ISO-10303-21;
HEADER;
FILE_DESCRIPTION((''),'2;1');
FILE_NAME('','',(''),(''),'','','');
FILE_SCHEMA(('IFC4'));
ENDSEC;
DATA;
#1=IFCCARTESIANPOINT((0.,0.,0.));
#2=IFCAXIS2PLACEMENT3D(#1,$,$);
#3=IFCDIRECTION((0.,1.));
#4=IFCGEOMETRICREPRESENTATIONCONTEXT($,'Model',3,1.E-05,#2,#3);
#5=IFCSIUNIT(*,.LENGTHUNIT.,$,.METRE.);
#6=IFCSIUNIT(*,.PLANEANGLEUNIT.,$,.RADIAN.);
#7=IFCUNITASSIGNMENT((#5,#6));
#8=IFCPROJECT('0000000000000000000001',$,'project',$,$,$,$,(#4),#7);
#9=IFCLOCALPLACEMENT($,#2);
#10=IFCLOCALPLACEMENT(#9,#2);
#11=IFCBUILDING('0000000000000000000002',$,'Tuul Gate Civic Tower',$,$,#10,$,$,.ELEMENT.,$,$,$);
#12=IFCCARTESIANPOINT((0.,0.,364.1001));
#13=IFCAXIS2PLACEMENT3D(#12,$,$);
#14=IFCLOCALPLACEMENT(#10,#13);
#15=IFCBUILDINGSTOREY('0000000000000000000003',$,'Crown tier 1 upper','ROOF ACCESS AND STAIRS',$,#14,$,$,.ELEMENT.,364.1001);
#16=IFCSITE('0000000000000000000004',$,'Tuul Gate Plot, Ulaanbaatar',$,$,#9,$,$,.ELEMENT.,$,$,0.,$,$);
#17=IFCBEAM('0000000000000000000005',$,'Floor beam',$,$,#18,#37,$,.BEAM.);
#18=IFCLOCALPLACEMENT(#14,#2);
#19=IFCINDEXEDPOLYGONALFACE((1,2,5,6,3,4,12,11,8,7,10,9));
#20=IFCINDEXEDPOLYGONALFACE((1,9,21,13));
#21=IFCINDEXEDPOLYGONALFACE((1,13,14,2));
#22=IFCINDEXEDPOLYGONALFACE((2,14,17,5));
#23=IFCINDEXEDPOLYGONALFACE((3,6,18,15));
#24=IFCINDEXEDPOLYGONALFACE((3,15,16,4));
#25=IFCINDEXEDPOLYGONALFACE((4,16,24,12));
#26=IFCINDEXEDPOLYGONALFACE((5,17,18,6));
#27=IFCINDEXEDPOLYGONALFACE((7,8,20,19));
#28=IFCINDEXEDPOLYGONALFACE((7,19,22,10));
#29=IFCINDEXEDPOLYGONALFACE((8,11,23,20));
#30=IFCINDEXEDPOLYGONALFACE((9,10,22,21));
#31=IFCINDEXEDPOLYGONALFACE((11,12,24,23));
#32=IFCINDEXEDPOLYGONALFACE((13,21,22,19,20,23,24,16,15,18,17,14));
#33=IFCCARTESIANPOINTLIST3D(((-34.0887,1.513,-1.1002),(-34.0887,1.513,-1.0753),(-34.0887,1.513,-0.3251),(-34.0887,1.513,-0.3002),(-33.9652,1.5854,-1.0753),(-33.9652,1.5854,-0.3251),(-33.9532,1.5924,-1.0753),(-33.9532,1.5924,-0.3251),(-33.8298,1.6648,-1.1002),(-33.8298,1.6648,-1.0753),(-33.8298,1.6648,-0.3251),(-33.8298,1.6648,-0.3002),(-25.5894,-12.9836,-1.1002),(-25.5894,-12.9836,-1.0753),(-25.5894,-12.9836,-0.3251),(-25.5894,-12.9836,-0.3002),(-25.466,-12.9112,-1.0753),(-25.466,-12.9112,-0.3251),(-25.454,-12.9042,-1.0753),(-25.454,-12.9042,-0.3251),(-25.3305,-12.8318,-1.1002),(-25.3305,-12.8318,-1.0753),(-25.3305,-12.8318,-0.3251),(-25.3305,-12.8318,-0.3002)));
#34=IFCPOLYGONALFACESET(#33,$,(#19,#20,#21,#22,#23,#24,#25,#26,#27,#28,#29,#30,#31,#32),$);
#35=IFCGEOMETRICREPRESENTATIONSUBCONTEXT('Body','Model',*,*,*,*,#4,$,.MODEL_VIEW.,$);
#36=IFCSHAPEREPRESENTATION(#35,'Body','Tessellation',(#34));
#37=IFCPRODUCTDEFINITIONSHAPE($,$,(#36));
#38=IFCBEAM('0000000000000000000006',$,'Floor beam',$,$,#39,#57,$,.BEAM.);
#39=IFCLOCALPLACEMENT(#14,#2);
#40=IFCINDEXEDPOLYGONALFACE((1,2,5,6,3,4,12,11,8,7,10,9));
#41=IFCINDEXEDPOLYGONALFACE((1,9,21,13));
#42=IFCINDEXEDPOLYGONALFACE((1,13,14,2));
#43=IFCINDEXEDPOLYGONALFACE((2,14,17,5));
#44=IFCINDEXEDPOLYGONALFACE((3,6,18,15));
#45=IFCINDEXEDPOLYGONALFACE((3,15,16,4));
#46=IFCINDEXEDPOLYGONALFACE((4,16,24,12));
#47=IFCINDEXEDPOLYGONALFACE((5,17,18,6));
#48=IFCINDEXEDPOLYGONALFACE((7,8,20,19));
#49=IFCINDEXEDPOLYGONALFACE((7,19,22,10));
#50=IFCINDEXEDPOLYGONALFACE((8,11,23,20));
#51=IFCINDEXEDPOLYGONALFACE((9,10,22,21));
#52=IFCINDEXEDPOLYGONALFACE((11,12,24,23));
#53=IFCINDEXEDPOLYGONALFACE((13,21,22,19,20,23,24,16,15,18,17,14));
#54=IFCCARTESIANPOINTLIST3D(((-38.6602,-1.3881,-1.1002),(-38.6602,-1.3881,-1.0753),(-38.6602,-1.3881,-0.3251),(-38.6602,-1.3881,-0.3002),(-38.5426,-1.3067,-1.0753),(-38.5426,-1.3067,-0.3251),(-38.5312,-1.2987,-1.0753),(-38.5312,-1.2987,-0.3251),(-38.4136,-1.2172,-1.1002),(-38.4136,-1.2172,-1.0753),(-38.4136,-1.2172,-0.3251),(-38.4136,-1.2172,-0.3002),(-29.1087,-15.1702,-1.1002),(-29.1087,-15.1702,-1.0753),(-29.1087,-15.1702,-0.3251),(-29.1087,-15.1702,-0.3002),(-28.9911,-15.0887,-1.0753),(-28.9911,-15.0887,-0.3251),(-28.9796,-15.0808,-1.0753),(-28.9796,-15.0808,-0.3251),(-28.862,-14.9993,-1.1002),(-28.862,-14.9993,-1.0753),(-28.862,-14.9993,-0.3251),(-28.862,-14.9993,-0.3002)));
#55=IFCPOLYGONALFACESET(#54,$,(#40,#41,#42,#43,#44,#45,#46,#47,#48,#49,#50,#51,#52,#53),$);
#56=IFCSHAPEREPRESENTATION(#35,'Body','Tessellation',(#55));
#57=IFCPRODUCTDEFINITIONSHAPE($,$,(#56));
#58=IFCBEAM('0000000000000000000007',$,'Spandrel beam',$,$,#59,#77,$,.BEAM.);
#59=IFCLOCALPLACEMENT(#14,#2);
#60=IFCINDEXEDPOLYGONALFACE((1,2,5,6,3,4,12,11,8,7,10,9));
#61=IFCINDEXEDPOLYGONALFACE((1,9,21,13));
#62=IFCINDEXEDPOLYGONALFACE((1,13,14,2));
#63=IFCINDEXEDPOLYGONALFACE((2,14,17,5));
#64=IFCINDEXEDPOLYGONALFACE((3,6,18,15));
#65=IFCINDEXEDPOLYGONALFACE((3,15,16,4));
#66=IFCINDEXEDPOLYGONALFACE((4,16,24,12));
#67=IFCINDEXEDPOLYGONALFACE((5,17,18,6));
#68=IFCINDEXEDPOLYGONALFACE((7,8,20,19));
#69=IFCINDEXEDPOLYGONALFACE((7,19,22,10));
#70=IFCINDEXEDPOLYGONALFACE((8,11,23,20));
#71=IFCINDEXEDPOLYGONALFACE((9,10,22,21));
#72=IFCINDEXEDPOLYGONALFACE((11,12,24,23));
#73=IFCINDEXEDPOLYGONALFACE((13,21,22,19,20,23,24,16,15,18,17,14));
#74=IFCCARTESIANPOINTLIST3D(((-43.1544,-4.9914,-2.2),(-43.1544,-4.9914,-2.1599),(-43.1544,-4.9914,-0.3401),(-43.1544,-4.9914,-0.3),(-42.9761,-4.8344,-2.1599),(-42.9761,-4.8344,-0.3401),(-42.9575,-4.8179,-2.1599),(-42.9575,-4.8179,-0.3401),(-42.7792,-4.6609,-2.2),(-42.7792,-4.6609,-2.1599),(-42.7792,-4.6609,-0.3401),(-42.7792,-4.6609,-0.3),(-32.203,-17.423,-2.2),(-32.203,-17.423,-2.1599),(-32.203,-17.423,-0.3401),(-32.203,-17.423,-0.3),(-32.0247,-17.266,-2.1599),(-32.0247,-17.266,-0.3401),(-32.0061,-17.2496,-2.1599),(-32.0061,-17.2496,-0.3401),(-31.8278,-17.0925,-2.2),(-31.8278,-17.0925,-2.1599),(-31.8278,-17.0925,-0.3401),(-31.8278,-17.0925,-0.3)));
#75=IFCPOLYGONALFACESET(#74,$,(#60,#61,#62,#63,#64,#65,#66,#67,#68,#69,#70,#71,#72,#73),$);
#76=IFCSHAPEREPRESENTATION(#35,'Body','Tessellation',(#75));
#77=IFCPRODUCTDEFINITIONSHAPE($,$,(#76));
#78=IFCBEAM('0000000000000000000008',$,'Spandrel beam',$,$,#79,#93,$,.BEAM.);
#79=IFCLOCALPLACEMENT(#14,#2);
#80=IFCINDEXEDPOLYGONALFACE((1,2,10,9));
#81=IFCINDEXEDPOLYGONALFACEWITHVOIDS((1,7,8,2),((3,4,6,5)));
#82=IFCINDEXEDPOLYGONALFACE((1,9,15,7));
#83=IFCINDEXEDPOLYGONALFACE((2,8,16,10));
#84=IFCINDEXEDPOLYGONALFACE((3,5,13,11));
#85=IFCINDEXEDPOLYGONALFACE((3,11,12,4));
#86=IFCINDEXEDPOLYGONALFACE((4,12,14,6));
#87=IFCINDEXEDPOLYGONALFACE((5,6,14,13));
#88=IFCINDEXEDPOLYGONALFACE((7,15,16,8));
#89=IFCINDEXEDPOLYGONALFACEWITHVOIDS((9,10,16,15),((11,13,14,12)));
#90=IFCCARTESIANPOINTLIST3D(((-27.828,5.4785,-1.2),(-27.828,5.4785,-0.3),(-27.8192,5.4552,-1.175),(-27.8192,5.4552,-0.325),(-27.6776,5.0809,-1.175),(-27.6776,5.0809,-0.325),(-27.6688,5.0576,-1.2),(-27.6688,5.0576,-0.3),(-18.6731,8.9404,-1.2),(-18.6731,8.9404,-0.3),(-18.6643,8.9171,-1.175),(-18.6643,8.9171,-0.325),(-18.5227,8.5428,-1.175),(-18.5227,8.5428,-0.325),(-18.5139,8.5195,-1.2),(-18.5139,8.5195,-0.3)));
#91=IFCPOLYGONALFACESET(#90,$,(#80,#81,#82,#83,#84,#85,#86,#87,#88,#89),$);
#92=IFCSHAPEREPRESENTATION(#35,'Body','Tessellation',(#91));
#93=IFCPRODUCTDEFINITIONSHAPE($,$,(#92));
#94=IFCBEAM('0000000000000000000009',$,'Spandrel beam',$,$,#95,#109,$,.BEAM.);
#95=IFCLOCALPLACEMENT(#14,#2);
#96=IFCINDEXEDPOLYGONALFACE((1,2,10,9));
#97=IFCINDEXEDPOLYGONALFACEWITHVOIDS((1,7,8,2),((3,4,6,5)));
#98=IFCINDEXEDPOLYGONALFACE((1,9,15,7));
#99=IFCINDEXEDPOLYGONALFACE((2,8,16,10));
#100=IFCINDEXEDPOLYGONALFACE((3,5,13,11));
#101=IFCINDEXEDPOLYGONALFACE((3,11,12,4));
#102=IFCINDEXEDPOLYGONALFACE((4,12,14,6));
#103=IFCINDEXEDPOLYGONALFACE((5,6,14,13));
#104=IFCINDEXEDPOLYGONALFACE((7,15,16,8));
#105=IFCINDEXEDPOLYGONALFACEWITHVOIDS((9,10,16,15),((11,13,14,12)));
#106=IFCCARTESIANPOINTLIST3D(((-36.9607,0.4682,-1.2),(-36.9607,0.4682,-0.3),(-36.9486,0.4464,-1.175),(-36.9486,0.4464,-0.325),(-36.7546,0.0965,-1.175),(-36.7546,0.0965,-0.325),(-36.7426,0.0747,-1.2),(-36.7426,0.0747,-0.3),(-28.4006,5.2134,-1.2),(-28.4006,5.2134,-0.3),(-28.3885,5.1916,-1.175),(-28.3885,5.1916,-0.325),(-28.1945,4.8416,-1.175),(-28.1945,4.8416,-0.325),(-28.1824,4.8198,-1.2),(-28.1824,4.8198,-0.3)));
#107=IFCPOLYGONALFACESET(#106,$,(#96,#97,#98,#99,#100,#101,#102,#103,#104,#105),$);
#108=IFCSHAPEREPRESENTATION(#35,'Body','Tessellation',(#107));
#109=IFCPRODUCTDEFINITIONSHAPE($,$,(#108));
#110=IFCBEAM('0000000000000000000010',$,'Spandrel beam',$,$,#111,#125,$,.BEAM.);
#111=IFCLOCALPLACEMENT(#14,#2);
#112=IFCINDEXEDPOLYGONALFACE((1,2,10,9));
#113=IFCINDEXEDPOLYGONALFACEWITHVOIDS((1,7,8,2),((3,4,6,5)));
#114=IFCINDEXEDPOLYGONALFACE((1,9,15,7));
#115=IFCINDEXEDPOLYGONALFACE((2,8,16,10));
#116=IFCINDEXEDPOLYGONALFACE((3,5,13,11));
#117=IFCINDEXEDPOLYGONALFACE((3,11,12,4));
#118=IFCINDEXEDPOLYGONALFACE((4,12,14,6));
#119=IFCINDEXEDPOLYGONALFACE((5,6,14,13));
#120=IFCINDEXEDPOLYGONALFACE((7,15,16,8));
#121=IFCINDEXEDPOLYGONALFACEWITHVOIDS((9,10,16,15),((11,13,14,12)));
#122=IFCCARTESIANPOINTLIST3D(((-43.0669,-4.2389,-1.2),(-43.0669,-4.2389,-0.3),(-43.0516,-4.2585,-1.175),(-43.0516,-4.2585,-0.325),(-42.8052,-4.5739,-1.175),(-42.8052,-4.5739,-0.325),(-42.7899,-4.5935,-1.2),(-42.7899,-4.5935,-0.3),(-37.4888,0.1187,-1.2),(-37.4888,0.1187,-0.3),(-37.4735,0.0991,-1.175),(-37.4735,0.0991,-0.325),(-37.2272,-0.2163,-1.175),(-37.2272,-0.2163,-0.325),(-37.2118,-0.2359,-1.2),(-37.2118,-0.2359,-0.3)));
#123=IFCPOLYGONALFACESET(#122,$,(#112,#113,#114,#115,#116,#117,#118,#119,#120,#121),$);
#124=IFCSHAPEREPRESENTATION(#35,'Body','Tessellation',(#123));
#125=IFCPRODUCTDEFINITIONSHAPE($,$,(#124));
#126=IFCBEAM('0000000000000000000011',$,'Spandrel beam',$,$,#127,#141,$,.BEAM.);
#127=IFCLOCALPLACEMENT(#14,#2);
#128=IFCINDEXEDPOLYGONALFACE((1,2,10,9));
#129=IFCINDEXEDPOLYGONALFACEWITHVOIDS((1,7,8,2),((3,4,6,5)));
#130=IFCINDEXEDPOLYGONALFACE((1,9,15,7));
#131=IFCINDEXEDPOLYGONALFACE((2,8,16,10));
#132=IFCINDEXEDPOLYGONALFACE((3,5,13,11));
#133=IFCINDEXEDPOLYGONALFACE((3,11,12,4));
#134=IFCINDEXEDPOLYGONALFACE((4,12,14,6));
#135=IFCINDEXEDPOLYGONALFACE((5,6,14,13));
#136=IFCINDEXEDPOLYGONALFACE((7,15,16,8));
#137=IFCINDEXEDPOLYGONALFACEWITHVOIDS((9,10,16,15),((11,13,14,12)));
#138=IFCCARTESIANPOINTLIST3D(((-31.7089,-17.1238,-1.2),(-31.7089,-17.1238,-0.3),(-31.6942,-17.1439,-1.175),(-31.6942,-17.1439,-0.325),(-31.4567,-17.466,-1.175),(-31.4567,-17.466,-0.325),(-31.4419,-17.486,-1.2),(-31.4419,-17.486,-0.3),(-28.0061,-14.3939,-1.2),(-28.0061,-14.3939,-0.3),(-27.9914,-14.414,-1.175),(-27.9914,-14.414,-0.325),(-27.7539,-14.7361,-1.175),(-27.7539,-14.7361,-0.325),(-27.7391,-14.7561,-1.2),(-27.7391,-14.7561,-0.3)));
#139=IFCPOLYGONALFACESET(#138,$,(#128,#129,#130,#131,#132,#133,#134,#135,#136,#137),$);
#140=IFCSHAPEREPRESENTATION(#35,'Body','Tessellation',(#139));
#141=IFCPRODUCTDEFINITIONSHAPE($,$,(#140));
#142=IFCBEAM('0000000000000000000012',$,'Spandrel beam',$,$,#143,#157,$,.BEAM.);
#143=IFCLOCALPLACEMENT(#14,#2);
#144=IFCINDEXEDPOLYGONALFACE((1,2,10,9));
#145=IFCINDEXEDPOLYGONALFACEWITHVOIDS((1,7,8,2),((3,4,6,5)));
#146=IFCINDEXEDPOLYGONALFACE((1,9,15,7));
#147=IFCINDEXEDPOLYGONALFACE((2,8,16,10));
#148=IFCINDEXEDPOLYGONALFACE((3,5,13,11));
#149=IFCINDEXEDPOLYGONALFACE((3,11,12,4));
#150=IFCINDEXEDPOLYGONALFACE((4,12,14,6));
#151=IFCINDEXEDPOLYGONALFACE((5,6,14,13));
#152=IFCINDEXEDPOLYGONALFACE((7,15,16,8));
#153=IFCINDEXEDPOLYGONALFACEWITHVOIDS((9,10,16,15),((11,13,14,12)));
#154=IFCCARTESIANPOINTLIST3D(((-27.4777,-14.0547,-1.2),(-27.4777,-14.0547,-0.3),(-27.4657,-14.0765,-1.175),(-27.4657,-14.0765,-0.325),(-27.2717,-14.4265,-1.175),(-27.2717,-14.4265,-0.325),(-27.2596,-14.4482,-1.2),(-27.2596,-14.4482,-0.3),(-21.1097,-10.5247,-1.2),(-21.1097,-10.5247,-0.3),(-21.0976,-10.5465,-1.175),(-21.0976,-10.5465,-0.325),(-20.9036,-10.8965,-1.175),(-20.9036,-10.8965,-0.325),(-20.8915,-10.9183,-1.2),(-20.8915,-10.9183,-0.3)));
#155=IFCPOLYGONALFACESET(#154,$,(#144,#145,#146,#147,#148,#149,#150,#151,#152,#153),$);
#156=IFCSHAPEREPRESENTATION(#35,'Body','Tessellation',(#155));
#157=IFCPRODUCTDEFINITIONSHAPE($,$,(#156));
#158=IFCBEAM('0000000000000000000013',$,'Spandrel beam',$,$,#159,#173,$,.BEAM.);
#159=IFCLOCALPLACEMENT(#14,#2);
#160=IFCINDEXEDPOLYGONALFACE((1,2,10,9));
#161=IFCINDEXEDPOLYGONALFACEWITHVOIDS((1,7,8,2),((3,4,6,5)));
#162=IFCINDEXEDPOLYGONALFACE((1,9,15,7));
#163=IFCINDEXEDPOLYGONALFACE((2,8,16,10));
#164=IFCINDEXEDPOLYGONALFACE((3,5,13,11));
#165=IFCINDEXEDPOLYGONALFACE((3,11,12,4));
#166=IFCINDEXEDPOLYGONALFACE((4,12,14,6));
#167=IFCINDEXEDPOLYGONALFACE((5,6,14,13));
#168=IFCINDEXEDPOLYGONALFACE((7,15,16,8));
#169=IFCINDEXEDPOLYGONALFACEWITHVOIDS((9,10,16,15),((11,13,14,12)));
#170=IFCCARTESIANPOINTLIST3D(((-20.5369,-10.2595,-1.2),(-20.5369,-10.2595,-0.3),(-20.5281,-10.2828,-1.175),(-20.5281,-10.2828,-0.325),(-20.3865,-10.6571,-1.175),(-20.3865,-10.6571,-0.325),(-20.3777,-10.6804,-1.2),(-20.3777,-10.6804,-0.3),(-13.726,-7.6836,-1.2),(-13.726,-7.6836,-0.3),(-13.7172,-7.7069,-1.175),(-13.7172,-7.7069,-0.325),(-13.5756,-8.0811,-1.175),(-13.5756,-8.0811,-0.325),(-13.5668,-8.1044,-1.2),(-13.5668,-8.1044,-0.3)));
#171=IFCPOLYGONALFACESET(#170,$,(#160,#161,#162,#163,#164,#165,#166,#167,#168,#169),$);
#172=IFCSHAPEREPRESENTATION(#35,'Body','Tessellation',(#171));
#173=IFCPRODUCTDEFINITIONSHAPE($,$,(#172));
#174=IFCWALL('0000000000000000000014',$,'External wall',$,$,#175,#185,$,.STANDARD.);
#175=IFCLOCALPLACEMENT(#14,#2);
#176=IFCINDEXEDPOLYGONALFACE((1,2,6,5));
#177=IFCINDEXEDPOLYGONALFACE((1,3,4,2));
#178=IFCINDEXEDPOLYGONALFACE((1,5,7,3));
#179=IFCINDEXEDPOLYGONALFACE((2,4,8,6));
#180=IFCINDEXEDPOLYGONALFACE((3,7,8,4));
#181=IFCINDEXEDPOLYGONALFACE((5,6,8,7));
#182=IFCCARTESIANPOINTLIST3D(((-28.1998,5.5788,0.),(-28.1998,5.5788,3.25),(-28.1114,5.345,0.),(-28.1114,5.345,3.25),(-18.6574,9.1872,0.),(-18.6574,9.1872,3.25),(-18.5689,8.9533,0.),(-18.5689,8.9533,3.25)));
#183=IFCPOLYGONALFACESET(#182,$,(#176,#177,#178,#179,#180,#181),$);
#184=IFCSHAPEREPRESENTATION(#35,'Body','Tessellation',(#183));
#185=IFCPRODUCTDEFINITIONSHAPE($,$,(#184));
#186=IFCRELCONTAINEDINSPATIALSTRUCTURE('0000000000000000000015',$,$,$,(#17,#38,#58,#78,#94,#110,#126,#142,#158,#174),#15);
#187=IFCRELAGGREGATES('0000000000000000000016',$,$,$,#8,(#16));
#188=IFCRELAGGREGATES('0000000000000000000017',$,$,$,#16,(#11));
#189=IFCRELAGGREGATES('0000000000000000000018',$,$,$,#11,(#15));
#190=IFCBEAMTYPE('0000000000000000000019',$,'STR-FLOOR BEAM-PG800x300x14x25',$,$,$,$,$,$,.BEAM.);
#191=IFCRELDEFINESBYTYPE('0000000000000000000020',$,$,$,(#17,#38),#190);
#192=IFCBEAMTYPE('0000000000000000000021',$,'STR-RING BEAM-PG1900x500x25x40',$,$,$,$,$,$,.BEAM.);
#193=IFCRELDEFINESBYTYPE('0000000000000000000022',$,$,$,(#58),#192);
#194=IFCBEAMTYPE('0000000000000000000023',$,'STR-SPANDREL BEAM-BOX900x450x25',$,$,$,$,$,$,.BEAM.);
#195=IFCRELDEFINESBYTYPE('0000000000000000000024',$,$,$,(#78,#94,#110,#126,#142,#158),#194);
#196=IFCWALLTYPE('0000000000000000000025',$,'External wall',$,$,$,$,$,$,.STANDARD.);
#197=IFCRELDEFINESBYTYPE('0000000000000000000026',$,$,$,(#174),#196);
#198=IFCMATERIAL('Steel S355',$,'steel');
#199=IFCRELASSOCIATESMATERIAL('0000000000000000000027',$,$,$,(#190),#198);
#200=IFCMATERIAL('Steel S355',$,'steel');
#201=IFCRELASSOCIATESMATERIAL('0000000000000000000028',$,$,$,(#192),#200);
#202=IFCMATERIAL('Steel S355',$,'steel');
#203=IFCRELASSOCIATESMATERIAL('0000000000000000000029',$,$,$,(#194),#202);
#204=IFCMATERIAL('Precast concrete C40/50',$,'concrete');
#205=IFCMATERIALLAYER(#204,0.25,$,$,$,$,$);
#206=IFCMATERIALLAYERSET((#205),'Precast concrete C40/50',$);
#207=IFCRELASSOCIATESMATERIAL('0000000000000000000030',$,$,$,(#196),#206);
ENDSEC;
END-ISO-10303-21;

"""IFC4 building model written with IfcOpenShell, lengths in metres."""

from ifc_helpers import new_model, si_unit, direction, frame, frame_2d, origin, origin_2d, place, context, subcontext, project, spatial, rectangle, hollow_rectangle, i_section, extrude, material, layer, layer_set, material_profile, profile_set, type_object, element, save


model = new_model("IFC4")

# Units and contexts
model_context = context("Model", 3, precision=1e-05, world=origin(), true_north=direction((0.0, 1.0)))
body_context = subcontext(model_context, "Body", "Model", "MODEL_VIEW")
ifc_project = project(units=[si_unit("LENGTHUNIT", "METRE"), si_unit("PLANEANGLEUNIT", "RADIAN")], contexts=[model_context])

# Site, building, storey
site_placement = place(None, origin())
site = spatial("IfcSite", under=ifc_project, at=site_placement, Name="Tuul Gate Plot, Ulaanbaatar", CompositionType="ELEMENT", RefElevation=0.0)
building_placement = place(site_placement, origin())
building = spatial("IfcBuilding", under=site, at=building_placement, Name="Tuul Gate Civic Tower", CompositionType="ELEMENT")
storey_placement = place(building_placement, frame((0.0, 0.0, 364.1001)))
storey = spatial("IfcBuildingStorey", under=building, at=storey_placement, Name="Crown tier 1 upper", Description="ROOF ACCESS AND STAIRS", CompositionType="ELEMENT", Elevation=364.1001)

# Beams
ifc_material_1 = material(Name="Steel S355", Category="steel")
ifc_material_profile_1 = material_profile(ifc_material_1, i_section(OverallWidth=0.3, OverallDepth=0.8, WebThickness=0.0139, FlangeThickness=0.0249, at=origin_2d()), Name="PG800x300x14x25")
ifc_profile_set_1 = profile_set([ifc_material_profile_1], Name="Steel S355")
beam_type_1 = type_object("IfcBeamType", Name="STR-FLOOR BEAM-PG800x300x14x25", PredefinedType="BEAM", material=ifc_profile_set_1)
beam_1_placement = place(storey_placement, frame((-25.46, -12.9077, -0.7002), z_axis=(-0.505776, 0.862665, 0.0), x_axis=(-0.862665, -0.505776, 0.0)))
element("IfcBeam", 1, at=beam_1_placement, inside=storey, type_object=beam_type_1, Name="Floor beam", PredefinedType="BEAM", context=body_context, shape_type="SweptSolid", body=[
    extrude(i_section(OverallWidth=0.3, OverallDepth=0.8, WebThickness=0.0139, FlangeThickness=0.0249, at=origin_2d()), origin(), (0.0, 0.0, 1.0), 16.8044),
])
beam_2_placement = place(storey_placement, frame((-28.9854, -15.0847, -0.7002), z_axis=(-0.569619, 0.821909, 0.0), x_axis=(-0.821909, -0.569619, 0.0)))
element("IfcBeam", 2, at=beam_2_placement, inside=storey, type_object=beam_type_1, Name="Floor beam", PredefinedType="BEAM", context=body_context, shape_type="SweptSolid", body=[
    extrude(i_section(OverallWidth=0.3, OverallDepth=0.8, WebThickness=0.0139, FlangeThickness=0.0249, at=origin_2d()), origin(), (0.0, 0.0, 1.0), 16.7683),
])
ifc_material_2 = material(Name="Steel S355", Category="steel")
ifc_material_profile_2 = material_profile(ifc_material_2, i_section(OverallWidth=0.5, OverallDepth=1.8999, WebThickness=0.0249, FlangeThickness=0.04, at=origin_2d()), Name="PG1900x500x25x40")
ifc_profile_set_2 = profile_set([ifc_material_profile_2], Name="Steel S355")
beam_type_2 = type_object("IfcBeamType", Name="STR-RING BEAM-PG1900x500x25x40", PredefinedType="BEAM", material=ifc_profile_set_2)
beam_3_placement = place(storey_placement, frame((-42.9668, -4.8262, -1.25), z_axis=(0.661021, -0.750367, 0.0), x_axis=(0.750367, 0.661021, 0.0)))
element("IfcBeam", 3, at=beam_3_placement, inside=storey, type_object=beam_type_2, Name="Spandrel beam", PredefinedType="BEAM", context=body_context, shape_type="SweptSolid", body=[
    extrude(i_section(OverallWidth=0.5, OverallDepth=1.8999, WebThickness=0.0249, FlangeThickness=0.04, at=origin_2d()), origin(), (0.0, 0.0, 1.0), 16.5674),
])
ifc_material_3 = material(Name="Steel S355", Category="steel")
ifc_material_profile_3 = material_profile(ifc_material_3, hollow_rectangle(XDim=0.45, YDim=0.8999, WallThickness=0.0249, at=origin_2d()), Name="BOX900x450x25")
ifc_profile_set_3 = profile_set([ifc_material_profile_3], Name="Steel S355")
beam_type_3 = type_object("IfcBeamType", Name="STR-SPANDREL BEAM-BOX900x450x25", PredefinedType="BEAM", material=ifc_profile_set_3)
beam_4_placement = place(storey_placement, frame((-18.5935, 8.73, -0.75), z_axis=(-0.935356, -0.353708, 0.0), x_axis=(0.353708, -0.935356, 0.0)))
element("IfcBeam", 4, at=beam_4_placement, inside=storey, type_object=beam_type_3, Name="Spandrel beam", PredefinedType="BEAM", context=body_context, shape_type="SweptSolid", body=[
    extrude(hollow_rectangle(XDim=0.45, YDim=0.8999, WallThickness=0.0249, at=origin_2d()), origin(), (0.0, 0.0, 1.0), 9.7876),
])
beam_5_placement = place(storey_placement, frame((-28.2915, 5.0166, -0.75), z_axis=(-0.874611, -0.484825, 0.0), x_axis=(0.484825, -0.874611, 0.0)))
element("IfcBeam", 5, at=beam_5_placement, inside=storey, type_object=beam_type_3, Name="Spandrel beam", PredefinedType="BEAM", context=body_context, shape_type="SweptSolid", body=[
    extrude(hollow_rectangle(XDim=0.45, YDim=0.8999, WallThickness=0.0249, at=origin_2d()), origin(), (0.0, 0.0, 1.0), 9.7874),
])
beam_6_placement = place(storey_placement, frame((-37.3503, -0.0586, -0.75), z_axis=(-0.788041, -0.615623, 0.0), x_axis=(0.615623, -0.788041, 0.0)))
element("IfcBeam", 6, at=beam_6_placement, inside=storey, type_object=beam_type_3, Name="Spandrel beam", PredefinedType="BEAM", context=body_context, shape_type="SweptSolid", body=[
    extrude(hollow_rectangle(XDim=0.45, YDim=0.8999, WallThickness=0.0249, at=origin_2d()), origin(), (0.0, 0.0, 1.0), 7.0784),
])
beam_7_placement = place(storey_placement, frame((-31.5754, -17.3049, -0.75), z_axis=(0.804896, 0.593416, 0.0), x_axis=(-0.593416, 0.804896, 0.0)))
element("IfcBeam", 7, at=beam_7_placement, inside=storey, type_object=beam_type_3, Name="Spandrel beam", PredefinedType="BEAM", context=body_context, shape_type="SweptSolid", body=[
    extrude(hollow_rectangle(XDim=0.45, YDim=0.8999, WallThickness=0.0249, at=origin_2d()), origin(), (0.0, 0.0, 1.0), 4.6003),
])
beam_8_placement = place(storey_placement, frame((-27.3687, -14.2515, -0.75), z_axis=(0.874614, 0.48482, 0.0), x_axis=(-0.48482, 0.874614, 0.0)))
element("IfcBeam", 8, at=beam_8_placement, inside=storey, type_object=beam_type_3, Name="Spandrel beam", PredefinedType="BEAM", context=body_context, shape_type="SweptSolid", body=[
    extrude(hollow_rectangle(XDim=0.45, YDim=0.8999, WallThickness=0.0249, at=origin_2d()), origin(), (0.0, 0.0, 1.0), 7.281),
])
beam_9_placement = place(storey_placement, frame((-20.4573, -10.47, -0.75), z_axis=(0.935338, 0.353757, 0.0), x_axis=(-0.353757, 0.935338, 0.0)))
element("IfcBeam", 9, at=beam_9_placement, inside=storey, type_object=beam_type_3, Name="Spandrel beam", PredefinedType="BEAM", context=body_context, shape_type="SweptSolid", body=[
    extrude(hollow_rectangle(XDim=0.45, YDim=0.8999, WallThickness=0.0249, at=origin_2d()), origin(), (0.0, 0.0, 1.0), 7.2817),
])

# Wall
ifc_material_4 = material(Name="Precast concrete C40/50", Category="concrete")
ifc_layer = layer(ifc_material_4, 0.25)
ifc_layer_set = layer_set([ifc_layer], Name="Precast concrete C40/50")
wall_type = type_object("IfcWallType", Name="External wall", PredefinedType="STANDARD", material=ifc_layer_set)
wall_1_placement = place(storey_placement, frame((-18.613, 9.0703, 0.0), z_axis=(0.0, 0.0, 1.0), x_axis=(-0.93536, -0.353697, 0.0)))
element("IfcWall", 10, at=wall_1_placement, inside=storey, type_object=wall_type, Name="External wall", PredefinedType="STANDARD", context=body_context, shape_type="SweptSolid", body=[
    extrude(rectangle(XDim=10.2019, YDim=0.25, at=frame_2d((5.1011, 0.0))), origin(), (0.0, 0.0, 1.0), 3.25),
])

save(model, "model.ifc")
